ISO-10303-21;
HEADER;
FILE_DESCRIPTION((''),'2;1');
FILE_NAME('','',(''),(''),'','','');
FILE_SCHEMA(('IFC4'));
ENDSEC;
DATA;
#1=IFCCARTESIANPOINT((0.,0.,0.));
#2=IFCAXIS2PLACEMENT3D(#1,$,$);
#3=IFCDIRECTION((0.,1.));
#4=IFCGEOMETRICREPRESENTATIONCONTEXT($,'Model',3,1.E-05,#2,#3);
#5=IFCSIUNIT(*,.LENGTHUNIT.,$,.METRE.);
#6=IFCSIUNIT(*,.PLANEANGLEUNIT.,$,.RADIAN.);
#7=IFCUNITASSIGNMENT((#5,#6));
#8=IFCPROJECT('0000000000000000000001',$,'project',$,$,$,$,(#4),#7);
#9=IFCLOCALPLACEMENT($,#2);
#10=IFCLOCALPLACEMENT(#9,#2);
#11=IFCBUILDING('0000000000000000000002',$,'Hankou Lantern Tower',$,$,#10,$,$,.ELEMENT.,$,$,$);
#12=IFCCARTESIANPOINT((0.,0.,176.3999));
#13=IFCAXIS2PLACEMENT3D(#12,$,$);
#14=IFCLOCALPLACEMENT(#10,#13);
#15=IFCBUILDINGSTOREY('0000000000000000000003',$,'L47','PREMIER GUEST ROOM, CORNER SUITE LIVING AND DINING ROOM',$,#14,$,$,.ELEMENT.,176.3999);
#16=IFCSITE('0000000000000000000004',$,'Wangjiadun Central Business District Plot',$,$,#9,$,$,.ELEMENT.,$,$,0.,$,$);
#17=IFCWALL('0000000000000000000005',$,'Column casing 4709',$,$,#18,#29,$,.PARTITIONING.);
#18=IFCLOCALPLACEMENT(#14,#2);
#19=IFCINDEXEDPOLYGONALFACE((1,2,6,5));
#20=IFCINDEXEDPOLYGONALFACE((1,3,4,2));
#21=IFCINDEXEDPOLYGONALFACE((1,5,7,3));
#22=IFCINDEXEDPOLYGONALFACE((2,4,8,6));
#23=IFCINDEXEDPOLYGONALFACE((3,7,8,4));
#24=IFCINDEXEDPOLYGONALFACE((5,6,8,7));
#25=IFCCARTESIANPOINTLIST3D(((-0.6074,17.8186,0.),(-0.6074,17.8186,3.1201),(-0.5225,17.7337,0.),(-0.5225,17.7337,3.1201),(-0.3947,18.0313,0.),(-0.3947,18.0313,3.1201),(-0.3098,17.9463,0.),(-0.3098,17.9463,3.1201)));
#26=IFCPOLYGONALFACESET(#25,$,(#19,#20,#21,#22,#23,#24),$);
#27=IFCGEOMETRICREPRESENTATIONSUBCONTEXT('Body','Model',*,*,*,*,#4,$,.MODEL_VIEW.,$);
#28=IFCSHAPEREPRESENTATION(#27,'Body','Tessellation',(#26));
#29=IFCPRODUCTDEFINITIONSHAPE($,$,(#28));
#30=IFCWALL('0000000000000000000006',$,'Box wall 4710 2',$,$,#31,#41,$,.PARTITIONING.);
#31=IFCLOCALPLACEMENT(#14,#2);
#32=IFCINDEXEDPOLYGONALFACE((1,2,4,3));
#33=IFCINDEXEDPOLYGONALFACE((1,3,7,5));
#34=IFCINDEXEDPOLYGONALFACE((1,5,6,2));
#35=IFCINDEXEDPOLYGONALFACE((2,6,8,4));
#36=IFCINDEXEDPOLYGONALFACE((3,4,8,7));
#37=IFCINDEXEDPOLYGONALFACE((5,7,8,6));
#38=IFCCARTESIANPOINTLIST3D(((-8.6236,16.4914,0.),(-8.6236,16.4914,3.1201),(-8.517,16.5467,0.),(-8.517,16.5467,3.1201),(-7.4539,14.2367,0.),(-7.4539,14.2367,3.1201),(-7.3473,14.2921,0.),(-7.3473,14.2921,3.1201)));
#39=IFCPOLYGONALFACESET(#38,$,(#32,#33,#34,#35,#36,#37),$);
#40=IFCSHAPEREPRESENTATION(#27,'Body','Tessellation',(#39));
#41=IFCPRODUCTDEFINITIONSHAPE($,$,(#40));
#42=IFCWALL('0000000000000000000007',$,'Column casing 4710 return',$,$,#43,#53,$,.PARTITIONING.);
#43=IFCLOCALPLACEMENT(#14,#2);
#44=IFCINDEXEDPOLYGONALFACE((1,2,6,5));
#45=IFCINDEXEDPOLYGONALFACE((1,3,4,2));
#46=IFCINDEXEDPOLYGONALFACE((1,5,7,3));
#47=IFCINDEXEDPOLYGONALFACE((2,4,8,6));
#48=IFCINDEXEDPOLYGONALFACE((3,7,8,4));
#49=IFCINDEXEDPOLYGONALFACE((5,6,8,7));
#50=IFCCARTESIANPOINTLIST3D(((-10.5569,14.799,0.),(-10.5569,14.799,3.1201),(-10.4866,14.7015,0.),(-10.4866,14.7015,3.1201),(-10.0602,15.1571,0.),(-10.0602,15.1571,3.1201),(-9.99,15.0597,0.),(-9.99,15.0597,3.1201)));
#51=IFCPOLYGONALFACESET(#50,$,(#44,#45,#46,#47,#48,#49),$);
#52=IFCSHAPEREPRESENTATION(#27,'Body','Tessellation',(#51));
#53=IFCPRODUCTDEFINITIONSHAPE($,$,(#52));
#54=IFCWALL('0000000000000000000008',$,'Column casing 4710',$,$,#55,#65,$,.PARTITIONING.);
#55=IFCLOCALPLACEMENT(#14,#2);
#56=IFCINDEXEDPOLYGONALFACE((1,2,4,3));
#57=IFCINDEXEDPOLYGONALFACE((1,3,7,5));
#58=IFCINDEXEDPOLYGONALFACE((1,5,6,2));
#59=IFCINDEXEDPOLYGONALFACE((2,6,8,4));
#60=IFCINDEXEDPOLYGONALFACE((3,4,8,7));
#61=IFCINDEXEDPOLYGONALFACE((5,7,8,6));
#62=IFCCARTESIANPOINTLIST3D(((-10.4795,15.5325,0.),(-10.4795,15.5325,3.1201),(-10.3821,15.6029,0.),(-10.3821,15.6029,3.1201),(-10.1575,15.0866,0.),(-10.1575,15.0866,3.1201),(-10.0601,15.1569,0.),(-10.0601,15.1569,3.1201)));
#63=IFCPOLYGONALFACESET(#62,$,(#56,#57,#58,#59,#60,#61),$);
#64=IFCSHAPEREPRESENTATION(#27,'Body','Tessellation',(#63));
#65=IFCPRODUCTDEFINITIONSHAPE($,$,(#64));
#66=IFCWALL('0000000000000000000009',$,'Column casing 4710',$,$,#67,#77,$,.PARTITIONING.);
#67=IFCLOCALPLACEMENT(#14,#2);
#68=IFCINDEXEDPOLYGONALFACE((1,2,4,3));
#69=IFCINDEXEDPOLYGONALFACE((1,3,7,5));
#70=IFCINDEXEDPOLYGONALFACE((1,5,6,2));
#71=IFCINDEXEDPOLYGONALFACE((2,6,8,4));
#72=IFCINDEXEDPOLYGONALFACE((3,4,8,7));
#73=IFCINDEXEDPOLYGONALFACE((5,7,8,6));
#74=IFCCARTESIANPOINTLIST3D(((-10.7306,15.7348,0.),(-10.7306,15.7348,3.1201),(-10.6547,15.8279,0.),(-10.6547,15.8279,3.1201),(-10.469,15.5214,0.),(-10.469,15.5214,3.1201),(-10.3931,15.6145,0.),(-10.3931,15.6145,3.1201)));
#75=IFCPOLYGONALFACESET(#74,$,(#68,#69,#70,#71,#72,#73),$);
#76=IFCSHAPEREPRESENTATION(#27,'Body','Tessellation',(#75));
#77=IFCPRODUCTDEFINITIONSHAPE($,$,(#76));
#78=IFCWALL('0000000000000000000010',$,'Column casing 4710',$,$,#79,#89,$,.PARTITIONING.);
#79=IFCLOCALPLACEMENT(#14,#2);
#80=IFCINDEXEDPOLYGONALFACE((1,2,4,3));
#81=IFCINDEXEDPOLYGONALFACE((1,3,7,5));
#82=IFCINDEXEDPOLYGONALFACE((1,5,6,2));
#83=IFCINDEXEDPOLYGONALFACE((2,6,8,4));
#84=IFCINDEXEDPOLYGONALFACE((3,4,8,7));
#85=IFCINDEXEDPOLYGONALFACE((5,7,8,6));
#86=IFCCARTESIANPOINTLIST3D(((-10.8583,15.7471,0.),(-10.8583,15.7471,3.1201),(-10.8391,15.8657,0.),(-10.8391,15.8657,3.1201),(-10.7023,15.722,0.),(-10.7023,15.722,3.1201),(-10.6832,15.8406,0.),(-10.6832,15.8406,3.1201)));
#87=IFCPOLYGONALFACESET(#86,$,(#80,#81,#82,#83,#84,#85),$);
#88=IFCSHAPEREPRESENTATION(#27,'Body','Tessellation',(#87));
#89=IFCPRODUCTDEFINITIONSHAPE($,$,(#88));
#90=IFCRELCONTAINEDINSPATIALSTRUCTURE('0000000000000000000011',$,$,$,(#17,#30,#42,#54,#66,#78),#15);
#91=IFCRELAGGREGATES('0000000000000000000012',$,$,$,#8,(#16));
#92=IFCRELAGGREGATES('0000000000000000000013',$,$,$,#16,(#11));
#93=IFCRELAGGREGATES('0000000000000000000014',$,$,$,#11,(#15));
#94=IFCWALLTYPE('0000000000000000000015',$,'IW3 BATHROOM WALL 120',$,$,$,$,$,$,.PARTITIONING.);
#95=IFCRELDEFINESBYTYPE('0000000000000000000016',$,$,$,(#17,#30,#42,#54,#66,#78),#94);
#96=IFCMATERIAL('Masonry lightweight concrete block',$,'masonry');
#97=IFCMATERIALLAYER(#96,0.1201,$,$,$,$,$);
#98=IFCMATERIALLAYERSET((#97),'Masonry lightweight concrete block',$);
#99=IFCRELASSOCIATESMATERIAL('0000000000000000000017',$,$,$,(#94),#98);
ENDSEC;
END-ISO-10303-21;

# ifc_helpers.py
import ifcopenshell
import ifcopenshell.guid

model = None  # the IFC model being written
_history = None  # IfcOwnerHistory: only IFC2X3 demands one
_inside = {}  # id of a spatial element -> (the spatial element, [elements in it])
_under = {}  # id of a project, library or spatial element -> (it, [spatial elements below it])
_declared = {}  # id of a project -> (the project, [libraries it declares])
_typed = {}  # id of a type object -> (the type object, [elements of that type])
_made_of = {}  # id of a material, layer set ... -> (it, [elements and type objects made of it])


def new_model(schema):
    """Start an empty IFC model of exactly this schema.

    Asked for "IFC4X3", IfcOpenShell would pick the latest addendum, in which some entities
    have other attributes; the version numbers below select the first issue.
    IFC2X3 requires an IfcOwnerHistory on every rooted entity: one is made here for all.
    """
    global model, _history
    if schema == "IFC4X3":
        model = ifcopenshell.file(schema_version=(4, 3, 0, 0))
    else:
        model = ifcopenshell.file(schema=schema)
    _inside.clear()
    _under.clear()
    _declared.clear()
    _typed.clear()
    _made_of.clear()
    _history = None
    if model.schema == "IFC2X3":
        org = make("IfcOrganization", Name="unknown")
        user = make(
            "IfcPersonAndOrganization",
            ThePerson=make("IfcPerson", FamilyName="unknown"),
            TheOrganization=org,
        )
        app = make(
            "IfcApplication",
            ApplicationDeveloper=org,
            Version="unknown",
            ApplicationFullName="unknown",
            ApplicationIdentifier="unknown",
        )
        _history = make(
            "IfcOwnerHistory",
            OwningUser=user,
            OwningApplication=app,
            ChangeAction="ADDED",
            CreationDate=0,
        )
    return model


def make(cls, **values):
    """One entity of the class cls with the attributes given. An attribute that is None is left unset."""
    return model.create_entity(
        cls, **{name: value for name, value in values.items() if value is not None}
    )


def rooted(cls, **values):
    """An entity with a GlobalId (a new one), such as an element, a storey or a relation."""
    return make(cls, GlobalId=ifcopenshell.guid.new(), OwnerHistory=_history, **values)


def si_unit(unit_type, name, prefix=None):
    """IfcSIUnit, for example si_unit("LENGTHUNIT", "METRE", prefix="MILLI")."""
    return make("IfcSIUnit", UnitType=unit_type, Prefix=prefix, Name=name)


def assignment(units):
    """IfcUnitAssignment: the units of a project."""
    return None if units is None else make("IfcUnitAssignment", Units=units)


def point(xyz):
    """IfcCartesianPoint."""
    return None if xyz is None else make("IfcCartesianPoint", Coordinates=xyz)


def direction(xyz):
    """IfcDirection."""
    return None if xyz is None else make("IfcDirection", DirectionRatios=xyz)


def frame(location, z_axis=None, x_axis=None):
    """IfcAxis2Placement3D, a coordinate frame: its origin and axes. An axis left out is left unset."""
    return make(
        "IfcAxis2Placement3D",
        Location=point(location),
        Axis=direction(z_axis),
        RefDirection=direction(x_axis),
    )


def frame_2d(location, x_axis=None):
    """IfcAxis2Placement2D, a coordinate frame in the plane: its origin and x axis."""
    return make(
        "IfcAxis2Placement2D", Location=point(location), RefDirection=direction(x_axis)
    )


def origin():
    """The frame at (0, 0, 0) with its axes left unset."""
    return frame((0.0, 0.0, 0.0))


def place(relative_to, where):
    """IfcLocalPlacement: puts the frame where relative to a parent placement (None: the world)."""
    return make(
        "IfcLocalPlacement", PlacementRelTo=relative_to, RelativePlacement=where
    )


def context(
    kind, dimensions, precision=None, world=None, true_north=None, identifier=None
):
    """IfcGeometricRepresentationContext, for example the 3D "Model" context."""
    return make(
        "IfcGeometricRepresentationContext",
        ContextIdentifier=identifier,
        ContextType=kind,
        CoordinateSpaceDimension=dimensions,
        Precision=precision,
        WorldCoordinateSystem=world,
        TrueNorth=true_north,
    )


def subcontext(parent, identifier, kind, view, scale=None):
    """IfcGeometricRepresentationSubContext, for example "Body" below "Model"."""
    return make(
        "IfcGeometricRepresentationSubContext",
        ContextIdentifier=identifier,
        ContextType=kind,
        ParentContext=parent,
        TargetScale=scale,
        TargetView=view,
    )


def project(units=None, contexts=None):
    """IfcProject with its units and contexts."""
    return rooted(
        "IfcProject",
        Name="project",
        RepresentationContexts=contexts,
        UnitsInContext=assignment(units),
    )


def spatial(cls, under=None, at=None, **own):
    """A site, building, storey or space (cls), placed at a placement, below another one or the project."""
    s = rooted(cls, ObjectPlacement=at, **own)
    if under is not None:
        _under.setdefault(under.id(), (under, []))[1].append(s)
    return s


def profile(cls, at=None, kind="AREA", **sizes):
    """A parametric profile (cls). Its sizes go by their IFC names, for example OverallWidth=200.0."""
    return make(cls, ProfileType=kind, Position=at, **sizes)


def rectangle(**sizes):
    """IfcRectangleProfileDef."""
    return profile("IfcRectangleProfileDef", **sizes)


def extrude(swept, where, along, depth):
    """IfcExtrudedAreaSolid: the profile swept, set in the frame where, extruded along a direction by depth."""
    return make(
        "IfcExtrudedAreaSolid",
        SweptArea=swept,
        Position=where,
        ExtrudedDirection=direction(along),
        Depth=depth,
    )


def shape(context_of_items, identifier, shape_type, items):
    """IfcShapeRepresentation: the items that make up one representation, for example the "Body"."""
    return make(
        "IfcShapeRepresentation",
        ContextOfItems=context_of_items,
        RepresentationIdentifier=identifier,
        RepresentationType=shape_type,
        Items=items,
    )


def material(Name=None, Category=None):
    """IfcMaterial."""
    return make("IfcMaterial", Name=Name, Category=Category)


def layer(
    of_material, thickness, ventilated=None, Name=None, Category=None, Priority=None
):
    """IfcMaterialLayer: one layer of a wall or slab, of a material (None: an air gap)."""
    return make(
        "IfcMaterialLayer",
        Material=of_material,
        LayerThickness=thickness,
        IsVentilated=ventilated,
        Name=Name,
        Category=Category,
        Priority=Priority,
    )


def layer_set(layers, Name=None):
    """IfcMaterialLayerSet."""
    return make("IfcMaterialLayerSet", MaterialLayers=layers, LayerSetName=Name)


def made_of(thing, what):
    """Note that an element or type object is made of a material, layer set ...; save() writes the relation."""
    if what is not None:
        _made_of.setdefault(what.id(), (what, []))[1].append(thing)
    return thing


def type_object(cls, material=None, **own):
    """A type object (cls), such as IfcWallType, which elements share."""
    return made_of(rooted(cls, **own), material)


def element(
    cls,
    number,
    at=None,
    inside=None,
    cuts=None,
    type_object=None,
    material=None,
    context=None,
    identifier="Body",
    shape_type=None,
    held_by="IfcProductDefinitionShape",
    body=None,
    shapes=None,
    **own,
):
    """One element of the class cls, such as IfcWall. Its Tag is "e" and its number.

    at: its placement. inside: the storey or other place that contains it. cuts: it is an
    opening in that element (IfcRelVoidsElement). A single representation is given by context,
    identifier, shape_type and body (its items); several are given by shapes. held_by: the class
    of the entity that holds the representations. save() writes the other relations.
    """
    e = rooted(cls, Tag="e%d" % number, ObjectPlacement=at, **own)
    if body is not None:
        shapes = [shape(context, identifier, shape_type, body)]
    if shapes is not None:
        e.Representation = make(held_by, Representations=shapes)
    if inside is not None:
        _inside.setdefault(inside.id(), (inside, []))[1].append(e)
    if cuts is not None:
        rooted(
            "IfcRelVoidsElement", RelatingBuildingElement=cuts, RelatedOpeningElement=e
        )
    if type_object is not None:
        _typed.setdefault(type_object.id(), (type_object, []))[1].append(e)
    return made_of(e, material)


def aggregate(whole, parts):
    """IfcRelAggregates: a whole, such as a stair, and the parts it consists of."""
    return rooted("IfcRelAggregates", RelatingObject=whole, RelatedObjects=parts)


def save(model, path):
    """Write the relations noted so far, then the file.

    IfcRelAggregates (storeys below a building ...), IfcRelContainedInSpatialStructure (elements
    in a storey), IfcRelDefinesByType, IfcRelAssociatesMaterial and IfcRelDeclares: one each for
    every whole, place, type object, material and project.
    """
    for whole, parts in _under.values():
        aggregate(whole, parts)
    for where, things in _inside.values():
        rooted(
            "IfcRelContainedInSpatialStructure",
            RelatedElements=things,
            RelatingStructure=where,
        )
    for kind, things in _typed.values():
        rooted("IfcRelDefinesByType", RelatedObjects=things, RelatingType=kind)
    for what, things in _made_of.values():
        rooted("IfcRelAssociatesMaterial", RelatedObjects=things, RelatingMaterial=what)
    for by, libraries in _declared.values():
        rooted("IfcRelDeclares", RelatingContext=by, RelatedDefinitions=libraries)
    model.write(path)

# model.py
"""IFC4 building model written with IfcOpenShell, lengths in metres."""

from ifc_helpers import new_model, si_unit, direction, frame, frame_2d, origin, place, context, subcontext, project, spatial, rectangle, extrude, material, layer, layer_set, type_object, element, save


model = new_model("IFC4")

# Units and contexts
model_context = context("Model", 3, precision=1e-05, world=origin(), true_north=direction((0.0, 1.0)))
body_context = subcontext(model_context, "Body", "Model", "MODEL_VIEW")
ifc_project = project(units=[si_unit("LENGTHUNIT", "METRE"), si_unit("PLANEANGLEUNIT", "RADIAN")], contexts=[model_context])

# Site, building, storey
site_placement = place(None, origin())
site = spatial("IfcSite", under=ifc_project, at=site_placement, Name="Wangjiadun Central Business District Plot", CompositionType="ELEMENT", RefElevation=0.0)
building_placement = place(site_placement, origin())
building = spatial("IfcBuilding", under=site, at=building_placement, Name="Hankou Lantern Tower", CompositionType="ELEMENT")
storey_placement = place(building_placement, frame((0.0, 0.0, 176.3999)))
storey = spatial("IfcBuildingStorey", under=building, at=storey_placement, Name="L47", Description="PREMIER GUEST ROOM, CORNER SUITE LIVING AND DINING ROOM", CompositionType="ELEMENT", Elevation=176.3999)

# Shared definitions
ifc_material_1 = material(Name="Masonry lightweight concrete block", Category="masonry")
ifc_layer_1 = layer(ifc_material_1, 0.1201)
ifc_layer_set_1 = layer_set([ifc_layer_1], Name="Masonry lightweight concrete block")
wall_type_1 = type_object("IfcWallType", Name="IW3 BATHROOM WALL 120", PredefinedType="PARTITIONING", material=ifc_layer_set_1)

# Walls
wall_1_placement = place(storey_placement, frame((-0.5649, 17.7761, 0.0), z_axis=(0.0, 0.0, 1.0), x_axis=(0.707107, 0.707107, 0.0)))
element("IfcWall", 1, at=wall_1_placement, inside=storey, type_object=wall_type_1, Name="Column casing 4709", PredefinedType="PARTITIONING", context=body_context, shape_type="SweptSolid", body=[
    extrude(rectangle(XDim=0.3008, YDim=0.1201, at=frame_2d((0.1504, 0.0))), origin(), (0.0, 0.0, 1.0), 3.1201),
])
wall_2_placement = place(storey_placement, frame((-7.4006, 14.2644, 0.0), z_axis=(0.0, 0.0, 1.0), x_axis=(-0.460505, 0.887657, 0.0)))
element("IfcWall", 2, at=wall_2_placement, inside=storey, type_object=wall_type_1, Name="Box wall 4710 2", PredefinedType="PARTITIONING", context=body_context, shape_type="SweptSolid", body=[
    extrude(rectangle(XDim=2.54, YDim=0.1201, at=frame_2d((1.27, 0.0))), origin(), (0.0, 0.0, 1.0), 3.1201),
])
wall_3_placement = place(storey_placement, frame((-10.5217, 14.7502, 0.0), z_axis=(0.0, 0.0, 1.0), x_axis=(0.811058, 0.584966, 0.0)))
element("IfcWall", 3, at=wall_3_placement, inside=storey, type_object=wall_type_1, Name="Column casing 4710 return", PredefinedType="PARTITIONING", context=body_context, shape_type="SweptSolid", body=[
    extrude(rectangle(XDim=0.6123, YDim=0.1201, at=frame_2d((0.3062, 0.0))), origin(), (0.0, 0.0, 1.0), 3.1201),
])
wall_4_placement = place(storey_placement, frame((-10.1089, 15.1218, 0.0), z_axis=(0.0, 0.0, 1.0), x_axis=(-0.585345, 0.810785, 0.0)))
element("IfcWall", 4, at=wall_4_placement, inside=storey, type_object=wall_type_1, Name="Column casing 4710", PredefinedType="PARTITIONING", context=body_context, shape_type="SweptSolid", body=[
    extrude(rectangle(XDim=0.55, YDim=0.1201, at=frame_2d((0.2749, 0.0))), origin(), (0.0, 0.0, 1.0), 3.1201),
])
wall_5_placement = place(storey_placement, frame((-10.4309, 15.5679, 0.0), z_axis=(0.0, 0.0, 1.0), x_axis=(-0.775051, 0.631898, 0.0)))
element("IfcWall", 5, at=wall_5_placement, inside=storey, type_object=wall_type_1, Name="Column casing 4710", PredefinedType="PARTITIONING", context=body_context, shape_type="SweptSolid", body=[
    extrude(rectangle(XDim=0.3376, YDim=0.1201, at=frame_2d((0.1689, 0.0))), origin(), (0.0, 0.0, 1.0), 3.1201),
])
wall_6_placement = place(storey_placement, frame((-10.6926, 15.7812, 0.0), z_axis=(0.0, 0.0, 1.0), x_axis=(-0.987257, 0.159135, 0.0)))
element("IfcWall", 6, at=wall_6_placement, inside=storey, type_object=wall_type_1, Name="Column casing 4710", PredefinedType="PARTITIONING", context=body_context, shape_type="SweptSolid", body=[
    extrude(rectangle(XDim=0.158, YDim=0.1201, at=frame_2d((0.0791, 0.0))), origin(), (0.0, 0.0, 1.0), 3.1201),
])

save(model, "model.ifc")
